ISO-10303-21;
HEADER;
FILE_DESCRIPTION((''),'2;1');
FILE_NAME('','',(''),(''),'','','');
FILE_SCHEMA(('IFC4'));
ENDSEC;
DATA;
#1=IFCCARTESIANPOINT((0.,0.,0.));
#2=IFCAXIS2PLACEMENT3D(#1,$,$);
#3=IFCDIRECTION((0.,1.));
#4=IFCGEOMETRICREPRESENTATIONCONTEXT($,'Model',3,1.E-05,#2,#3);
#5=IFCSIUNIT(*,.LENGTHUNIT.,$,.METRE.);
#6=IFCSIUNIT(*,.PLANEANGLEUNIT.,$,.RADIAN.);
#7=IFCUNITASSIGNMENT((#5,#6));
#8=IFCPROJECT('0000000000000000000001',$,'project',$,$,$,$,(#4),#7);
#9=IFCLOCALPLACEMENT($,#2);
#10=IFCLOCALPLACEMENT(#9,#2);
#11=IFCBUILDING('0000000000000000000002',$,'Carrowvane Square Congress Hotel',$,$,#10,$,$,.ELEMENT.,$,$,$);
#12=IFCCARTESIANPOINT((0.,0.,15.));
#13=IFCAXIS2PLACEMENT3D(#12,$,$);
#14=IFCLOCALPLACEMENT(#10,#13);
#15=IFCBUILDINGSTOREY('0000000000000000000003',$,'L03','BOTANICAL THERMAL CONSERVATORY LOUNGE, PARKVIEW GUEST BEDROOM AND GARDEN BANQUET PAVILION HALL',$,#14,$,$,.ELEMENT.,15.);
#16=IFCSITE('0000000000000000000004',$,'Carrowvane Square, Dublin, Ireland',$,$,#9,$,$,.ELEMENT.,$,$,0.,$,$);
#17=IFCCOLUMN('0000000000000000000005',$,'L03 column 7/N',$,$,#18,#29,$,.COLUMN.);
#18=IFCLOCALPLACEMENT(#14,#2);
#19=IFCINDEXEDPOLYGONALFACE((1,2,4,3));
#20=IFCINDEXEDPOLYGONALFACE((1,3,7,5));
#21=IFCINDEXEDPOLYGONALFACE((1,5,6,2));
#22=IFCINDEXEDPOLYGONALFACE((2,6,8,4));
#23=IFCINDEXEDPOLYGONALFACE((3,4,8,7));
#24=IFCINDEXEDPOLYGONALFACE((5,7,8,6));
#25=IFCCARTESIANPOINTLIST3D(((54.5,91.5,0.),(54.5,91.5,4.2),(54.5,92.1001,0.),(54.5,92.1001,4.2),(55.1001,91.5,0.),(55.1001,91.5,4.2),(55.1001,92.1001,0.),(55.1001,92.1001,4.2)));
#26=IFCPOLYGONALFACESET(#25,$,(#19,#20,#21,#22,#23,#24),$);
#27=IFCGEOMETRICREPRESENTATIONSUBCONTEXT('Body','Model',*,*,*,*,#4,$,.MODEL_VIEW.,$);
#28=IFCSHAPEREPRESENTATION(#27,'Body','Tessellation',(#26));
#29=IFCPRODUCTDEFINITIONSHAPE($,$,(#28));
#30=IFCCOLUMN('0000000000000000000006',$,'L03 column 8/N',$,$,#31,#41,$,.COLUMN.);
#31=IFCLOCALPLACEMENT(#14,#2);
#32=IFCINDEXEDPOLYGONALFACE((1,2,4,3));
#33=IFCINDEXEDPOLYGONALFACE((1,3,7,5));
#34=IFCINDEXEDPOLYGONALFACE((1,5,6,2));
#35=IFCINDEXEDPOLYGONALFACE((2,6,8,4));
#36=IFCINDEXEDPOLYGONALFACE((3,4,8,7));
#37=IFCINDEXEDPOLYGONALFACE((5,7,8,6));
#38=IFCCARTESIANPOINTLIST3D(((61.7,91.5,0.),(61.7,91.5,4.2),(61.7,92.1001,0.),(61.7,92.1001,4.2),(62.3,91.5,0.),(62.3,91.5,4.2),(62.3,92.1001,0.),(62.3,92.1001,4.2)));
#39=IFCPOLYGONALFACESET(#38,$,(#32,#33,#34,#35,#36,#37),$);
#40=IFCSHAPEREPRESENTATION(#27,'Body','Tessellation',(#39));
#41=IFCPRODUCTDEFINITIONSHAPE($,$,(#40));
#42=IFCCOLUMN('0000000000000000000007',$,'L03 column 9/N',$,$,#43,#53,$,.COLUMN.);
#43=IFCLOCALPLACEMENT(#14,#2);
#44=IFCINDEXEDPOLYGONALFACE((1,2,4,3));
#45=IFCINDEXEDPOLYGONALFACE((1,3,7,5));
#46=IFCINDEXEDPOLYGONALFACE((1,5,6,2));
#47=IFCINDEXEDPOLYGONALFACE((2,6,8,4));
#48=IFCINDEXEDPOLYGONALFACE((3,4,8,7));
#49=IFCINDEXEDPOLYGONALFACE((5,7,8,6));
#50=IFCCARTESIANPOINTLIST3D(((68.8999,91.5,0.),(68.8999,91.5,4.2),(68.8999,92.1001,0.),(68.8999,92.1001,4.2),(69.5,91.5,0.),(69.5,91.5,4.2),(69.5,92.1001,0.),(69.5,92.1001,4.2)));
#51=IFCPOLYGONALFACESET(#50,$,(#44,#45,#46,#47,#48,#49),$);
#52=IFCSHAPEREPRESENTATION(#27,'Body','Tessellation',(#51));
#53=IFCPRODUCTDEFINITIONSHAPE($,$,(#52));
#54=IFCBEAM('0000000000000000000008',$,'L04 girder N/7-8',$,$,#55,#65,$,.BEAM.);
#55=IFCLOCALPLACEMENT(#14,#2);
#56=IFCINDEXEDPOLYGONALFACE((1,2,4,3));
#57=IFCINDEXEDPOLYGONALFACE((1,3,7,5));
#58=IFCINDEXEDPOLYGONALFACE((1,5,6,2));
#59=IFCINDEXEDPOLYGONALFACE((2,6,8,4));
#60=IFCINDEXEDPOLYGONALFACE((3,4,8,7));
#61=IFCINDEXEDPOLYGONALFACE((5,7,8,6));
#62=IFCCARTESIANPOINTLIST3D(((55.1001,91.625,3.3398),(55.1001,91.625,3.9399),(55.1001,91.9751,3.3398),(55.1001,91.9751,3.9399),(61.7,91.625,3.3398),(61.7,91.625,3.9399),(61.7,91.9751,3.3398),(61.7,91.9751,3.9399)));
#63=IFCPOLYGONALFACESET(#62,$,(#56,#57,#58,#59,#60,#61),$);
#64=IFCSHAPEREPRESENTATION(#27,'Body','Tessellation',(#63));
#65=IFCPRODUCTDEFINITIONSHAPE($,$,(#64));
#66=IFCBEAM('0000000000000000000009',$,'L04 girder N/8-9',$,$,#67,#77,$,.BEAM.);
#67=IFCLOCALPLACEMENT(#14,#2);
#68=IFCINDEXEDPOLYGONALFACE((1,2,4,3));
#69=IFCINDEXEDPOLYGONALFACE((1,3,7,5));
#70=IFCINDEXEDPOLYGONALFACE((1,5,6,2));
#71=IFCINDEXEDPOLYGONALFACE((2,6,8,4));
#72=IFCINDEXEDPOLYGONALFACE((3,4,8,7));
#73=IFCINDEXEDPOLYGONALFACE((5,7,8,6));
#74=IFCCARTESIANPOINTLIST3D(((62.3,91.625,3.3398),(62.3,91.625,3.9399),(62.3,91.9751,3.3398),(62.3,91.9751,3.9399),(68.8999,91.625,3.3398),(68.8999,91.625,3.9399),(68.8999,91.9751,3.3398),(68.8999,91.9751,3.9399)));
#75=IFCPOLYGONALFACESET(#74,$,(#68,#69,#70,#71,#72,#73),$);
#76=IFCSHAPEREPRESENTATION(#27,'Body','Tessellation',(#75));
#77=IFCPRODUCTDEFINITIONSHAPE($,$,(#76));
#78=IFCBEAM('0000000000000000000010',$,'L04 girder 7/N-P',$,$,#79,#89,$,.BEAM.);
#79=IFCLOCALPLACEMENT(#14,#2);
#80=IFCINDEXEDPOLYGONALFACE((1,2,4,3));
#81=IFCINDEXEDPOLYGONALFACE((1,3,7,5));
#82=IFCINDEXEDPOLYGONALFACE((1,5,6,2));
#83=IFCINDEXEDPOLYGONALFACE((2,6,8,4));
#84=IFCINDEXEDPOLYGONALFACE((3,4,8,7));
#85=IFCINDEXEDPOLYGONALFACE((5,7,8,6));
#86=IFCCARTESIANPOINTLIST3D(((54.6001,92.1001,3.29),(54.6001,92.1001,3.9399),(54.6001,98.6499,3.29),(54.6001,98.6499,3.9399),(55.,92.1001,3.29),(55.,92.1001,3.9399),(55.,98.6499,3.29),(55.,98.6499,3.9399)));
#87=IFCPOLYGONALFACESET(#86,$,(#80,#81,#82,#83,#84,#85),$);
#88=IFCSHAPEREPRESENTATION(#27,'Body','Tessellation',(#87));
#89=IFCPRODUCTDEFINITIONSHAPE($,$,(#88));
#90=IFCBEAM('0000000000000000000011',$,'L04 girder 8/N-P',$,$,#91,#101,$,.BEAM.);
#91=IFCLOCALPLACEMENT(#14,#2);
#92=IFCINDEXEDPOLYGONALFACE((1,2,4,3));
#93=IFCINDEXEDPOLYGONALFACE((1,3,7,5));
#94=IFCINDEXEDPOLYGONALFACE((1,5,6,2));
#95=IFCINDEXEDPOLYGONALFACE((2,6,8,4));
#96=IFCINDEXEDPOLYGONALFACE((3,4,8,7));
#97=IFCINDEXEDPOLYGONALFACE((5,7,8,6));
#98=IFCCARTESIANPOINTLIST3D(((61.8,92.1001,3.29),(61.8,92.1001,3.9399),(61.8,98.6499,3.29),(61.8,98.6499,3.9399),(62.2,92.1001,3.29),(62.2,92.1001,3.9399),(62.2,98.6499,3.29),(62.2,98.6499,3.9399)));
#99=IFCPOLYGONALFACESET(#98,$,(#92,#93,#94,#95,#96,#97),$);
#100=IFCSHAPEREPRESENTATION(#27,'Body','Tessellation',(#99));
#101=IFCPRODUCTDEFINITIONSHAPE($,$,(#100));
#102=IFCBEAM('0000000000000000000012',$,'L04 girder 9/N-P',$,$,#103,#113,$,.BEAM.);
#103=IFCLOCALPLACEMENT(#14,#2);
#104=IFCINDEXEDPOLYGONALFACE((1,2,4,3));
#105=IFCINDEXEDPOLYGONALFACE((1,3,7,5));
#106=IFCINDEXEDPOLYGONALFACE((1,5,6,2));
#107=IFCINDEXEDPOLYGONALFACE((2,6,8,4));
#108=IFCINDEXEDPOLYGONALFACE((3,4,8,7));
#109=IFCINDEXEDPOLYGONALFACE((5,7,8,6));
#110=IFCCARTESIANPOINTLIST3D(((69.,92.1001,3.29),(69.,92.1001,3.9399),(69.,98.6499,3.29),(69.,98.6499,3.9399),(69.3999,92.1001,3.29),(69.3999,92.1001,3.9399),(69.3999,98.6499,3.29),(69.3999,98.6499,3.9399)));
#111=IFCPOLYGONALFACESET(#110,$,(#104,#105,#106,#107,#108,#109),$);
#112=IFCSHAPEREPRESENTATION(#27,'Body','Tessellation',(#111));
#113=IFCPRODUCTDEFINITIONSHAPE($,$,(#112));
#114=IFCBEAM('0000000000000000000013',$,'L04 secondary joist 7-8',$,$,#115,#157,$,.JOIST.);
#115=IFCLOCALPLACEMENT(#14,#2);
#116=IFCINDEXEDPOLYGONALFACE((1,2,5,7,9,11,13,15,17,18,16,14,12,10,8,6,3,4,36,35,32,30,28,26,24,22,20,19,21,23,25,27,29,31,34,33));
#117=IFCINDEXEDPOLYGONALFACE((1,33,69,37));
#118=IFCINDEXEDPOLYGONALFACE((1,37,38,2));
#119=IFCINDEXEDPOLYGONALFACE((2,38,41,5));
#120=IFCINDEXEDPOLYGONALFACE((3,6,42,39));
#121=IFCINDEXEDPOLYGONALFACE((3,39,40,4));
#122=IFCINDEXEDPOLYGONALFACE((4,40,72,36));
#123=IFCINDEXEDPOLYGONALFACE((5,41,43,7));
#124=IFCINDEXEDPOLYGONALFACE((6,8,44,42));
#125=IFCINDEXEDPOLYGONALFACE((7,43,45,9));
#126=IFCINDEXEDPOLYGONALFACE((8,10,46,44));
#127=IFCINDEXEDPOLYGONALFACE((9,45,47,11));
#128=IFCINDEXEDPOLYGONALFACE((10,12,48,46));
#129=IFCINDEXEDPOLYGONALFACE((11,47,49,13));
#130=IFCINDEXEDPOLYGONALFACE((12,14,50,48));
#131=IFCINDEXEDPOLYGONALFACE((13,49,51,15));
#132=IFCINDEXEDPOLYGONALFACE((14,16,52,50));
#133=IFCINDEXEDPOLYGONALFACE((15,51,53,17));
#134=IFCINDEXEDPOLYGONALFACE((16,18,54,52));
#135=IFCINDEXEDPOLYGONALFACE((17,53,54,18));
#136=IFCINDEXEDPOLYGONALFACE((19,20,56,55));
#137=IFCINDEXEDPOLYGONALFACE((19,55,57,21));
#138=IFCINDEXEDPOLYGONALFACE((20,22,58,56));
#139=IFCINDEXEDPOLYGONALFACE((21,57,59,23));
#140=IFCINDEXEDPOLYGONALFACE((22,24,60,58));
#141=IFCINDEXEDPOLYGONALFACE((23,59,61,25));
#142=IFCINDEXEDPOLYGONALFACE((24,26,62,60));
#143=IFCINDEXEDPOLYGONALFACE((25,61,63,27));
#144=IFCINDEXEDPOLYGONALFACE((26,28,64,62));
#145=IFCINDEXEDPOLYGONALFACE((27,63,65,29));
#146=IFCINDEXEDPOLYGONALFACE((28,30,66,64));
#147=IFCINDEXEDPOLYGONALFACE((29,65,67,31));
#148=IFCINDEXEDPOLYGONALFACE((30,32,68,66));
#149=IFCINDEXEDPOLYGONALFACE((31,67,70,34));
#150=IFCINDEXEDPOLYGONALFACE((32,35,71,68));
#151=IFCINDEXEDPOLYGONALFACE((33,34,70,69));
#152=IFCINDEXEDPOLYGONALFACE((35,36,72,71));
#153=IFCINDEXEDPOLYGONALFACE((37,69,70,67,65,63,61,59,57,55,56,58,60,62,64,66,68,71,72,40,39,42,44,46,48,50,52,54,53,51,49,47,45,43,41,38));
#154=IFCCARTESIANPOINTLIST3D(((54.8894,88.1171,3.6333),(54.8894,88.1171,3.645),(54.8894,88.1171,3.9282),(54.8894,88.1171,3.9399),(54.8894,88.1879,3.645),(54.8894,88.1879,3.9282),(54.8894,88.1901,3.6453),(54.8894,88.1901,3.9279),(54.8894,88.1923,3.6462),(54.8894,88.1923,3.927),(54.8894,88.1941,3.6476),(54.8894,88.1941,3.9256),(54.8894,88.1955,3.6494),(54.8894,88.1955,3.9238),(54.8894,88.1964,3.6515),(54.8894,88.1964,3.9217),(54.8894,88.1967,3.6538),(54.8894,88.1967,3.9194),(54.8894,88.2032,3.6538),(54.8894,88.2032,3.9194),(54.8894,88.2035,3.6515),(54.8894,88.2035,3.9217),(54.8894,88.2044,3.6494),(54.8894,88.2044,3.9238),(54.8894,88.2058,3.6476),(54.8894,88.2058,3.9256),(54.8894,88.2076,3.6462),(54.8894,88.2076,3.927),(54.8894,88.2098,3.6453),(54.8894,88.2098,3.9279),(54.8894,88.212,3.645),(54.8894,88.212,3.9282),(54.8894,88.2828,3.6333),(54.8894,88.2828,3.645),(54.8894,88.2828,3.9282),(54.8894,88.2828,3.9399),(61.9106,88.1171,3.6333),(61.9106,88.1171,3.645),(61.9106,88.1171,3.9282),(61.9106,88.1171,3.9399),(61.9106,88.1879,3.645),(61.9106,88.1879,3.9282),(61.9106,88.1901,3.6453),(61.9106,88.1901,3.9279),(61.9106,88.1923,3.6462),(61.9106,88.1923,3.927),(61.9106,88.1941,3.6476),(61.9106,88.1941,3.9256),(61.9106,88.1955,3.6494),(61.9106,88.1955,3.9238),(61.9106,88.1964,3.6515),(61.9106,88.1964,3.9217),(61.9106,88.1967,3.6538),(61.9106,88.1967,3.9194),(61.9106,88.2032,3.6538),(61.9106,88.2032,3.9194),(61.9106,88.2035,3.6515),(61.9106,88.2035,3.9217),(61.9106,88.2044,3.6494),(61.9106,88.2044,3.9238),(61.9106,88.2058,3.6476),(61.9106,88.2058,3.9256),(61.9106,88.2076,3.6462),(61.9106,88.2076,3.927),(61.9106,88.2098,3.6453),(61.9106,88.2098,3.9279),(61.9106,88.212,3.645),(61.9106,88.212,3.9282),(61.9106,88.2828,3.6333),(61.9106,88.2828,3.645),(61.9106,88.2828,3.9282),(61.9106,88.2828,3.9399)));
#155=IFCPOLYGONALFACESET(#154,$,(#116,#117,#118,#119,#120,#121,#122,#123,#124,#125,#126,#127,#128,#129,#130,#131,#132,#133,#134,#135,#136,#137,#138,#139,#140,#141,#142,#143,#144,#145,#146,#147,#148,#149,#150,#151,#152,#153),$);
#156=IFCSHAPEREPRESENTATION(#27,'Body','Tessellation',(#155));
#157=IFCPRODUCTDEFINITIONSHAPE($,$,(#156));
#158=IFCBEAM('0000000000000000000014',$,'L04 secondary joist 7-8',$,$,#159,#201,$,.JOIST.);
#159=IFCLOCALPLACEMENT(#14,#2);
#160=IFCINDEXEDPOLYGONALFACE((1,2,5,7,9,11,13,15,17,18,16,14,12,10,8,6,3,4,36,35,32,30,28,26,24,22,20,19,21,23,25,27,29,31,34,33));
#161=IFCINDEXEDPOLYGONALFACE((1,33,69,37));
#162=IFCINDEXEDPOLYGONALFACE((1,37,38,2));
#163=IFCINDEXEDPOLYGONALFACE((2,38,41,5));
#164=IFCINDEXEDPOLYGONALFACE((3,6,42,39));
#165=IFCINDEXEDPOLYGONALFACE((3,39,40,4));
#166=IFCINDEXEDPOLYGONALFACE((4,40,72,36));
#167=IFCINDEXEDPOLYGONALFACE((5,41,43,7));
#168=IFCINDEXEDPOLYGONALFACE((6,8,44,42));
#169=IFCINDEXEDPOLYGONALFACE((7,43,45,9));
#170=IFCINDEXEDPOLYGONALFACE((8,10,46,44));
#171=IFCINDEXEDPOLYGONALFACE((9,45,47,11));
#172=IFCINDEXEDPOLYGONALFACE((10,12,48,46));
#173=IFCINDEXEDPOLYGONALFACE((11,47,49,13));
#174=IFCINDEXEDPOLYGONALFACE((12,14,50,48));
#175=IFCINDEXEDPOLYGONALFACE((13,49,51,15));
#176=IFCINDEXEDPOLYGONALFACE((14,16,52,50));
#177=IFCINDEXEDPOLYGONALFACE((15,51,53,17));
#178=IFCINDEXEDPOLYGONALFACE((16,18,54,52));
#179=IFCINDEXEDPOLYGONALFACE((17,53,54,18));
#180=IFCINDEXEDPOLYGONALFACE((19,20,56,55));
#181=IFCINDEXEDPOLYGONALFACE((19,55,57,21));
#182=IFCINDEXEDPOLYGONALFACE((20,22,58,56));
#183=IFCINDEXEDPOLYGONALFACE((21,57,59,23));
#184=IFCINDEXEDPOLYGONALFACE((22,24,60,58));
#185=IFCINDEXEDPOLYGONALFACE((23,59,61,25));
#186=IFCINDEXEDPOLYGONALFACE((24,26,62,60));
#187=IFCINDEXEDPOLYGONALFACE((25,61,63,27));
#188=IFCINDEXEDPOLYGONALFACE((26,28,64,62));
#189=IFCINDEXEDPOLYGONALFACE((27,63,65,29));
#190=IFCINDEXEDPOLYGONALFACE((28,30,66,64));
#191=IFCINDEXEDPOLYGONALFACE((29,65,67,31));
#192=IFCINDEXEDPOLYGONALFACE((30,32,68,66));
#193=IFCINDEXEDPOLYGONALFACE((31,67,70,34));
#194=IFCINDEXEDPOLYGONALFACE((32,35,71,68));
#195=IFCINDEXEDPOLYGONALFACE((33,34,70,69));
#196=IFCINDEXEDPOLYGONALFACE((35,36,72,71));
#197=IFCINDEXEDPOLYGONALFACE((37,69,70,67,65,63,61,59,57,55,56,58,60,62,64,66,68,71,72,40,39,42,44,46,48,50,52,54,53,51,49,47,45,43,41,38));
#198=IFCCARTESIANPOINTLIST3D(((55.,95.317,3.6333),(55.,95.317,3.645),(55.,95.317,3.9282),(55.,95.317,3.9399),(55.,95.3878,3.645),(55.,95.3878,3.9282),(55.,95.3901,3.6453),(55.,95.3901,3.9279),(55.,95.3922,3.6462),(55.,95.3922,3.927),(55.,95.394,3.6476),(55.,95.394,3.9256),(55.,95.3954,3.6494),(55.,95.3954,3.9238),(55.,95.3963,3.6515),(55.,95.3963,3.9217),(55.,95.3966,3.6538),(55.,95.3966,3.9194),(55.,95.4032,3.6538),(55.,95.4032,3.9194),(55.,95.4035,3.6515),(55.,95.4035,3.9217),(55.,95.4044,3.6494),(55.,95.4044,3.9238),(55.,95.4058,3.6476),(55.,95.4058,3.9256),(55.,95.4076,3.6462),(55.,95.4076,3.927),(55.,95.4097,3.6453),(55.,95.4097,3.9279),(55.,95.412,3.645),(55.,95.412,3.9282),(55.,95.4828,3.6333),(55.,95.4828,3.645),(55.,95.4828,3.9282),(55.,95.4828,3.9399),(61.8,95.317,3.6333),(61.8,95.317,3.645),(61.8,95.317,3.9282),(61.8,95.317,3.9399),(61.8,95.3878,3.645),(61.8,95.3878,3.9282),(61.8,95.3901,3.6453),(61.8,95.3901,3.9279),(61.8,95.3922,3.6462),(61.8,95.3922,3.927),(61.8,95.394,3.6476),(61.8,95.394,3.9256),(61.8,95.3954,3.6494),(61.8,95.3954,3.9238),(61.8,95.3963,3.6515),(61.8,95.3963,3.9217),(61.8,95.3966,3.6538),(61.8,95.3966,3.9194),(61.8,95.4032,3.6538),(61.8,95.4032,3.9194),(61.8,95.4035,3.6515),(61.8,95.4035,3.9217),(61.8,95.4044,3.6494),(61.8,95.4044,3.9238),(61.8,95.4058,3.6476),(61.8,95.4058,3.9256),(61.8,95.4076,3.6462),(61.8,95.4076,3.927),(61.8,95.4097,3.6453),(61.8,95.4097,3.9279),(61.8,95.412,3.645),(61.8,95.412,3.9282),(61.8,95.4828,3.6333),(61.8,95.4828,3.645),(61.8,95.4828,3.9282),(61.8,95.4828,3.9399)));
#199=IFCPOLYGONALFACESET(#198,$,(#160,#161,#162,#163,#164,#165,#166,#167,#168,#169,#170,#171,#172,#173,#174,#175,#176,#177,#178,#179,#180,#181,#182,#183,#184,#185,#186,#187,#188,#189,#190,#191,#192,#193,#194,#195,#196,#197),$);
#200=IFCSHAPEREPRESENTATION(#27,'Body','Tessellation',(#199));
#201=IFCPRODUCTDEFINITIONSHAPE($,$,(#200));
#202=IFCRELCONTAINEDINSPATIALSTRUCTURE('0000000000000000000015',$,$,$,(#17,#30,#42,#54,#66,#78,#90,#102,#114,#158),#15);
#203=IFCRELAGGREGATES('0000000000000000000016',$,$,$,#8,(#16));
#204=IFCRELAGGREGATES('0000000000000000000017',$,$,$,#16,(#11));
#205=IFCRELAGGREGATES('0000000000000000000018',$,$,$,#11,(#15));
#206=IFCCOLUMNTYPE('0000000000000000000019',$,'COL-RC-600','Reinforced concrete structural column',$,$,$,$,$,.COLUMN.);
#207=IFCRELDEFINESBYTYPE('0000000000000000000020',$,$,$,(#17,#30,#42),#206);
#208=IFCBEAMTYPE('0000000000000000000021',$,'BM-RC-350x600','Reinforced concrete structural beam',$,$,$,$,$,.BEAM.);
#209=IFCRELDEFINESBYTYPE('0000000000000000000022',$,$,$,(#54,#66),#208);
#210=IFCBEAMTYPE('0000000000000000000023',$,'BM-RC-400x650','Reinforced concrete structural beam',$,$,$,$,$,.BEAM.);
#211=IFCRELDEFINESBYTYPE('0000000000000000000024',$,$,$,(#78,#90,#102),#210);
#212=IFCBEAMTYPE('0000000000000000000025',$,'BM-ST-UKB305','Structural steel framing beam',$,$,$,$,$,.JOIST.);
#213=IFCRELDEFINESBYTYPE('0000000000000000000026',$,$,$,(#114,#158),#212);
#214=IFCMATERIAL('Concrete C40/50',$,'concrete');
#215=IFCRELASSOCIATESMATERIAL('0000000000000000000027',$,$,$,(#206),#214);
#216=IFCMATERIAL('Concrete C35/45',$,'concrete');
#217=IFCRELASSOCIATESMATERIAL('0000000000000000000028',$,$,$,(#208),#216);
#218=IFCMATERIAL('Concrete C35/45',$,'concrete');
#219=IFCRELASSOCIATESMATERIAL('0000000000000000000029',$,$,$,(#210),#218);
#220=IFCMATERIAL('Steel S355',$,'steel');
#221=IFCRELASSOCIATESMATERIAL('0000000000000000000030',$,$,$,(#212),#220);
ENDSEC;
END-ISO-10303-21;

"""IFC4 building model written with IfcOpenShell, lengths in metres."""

from ifc_helpers import new_model, si_unit, direction, frame, origin, origin_2d, place, context, subcontext, project, spatial, rectangle, i_section, extrude, material, material_profile, profile_set, type_object, element, save


model = new_model("IFC4")

# Units and contexts
model_context = context("Model", 3, precision=1e-05, world=origin(), true_north=direction((0.0, 1.0)))
body_context = subcontext(model_context, "Body", "Model", "MODEL_VIEW")
ifc_project = project(units=[si_unit("LENGTHUNIT", "METRE"), si_unit("PLANEANGLEUNIT", "RADIAN")], contexts=[model_context])

# Site, building, storey
site_placement = place(None, origin())
site = spatial("IfcSite", under=ifc_project, at=site_placement, Name="Carrowvane Square, Dublin, Ireland", CompositionType="ELEMENT", RefElevation=0.0)
building_placement = place(site_placement, origin())
building = spatial("IfcBuilding", under=site, at=building_placement, Name="Carrowvane Square Congress Hotel", CompositionType="ELEMENT")
storey_placement = place(building_placement, frame((0.0, 0.0, 15.0)))
storey = spatial("IfcBuildingStorey", under=building, at=storey_placement, Name="L03", Description="BOTANICAL THERMAL CONSERVATORY LOUNGE, PARKVIEW GUEST BEDROOM AND GARDEN BANQUET PAVILION HALL", CompositionType="ELEMENT", Elevation=15.0)

# Columns
ifc_material_1 = material(Name="Concrete C40/50", Category="concrete")
ifc_material_profile_1 = material_profile(ifc_material_1, rectangle(XDim=0.6001, YDim=0.6001, at=origin_2d()), Name="RC 600x600")
ifc_profile_set_1 = profile_set([ifc_material_profile_1], Name="Concrete C40/50")
column_type = type_object("IfcColumnType", Name="COL-RC-600", Description="Reinforced concrete structural column", PredefinedType="COLUMN", material=ifc_profile_set_1)
for number, where, z_axis, x_axis, name in (
    (1, (54.8, 91.8, 0.0), (0.0, 0.0, 1.0), (1.0, 0.0, 0.0), "L03 column 7/N"),
    (2, (62.0, 91.8, 0.0), (0.0, 0.0, 1.0), (1.0, 0.0, 0.0), "L03 column 8/N"),
    (3, (69.2, 91.8, 0.0), (0.0, 0.0, 1.0), (1.0, 0.0, 0.0), "L03 column 9/N"),
):
    element("IfcColumn", number, at=place(storey_placement, frame(where, z_axis=z_axis, x_axis=x_axis)), inside=storey, type_object=column_type, Name=name, PredefinedType="COLUMN", context=body_context, shape_type="SweptSolid", body=[
        extrude(rectangle(XDim=0.6001, YDim=0.6001, at=origin_2d()), origin(), (0.0, 0.0, 1.0), 4.2),
    ])

# Beams
ifc_material_2 = material(Name="Concrete C35/45", Category="concrete")
ifc_material_profile_2 = material_profile(ifc_material_2, rectangle(XDim=0.3501, YDim=0.6001, at=origin_2d()), Name="RC 350x600")
ifc_profile_set_2 = profile_set([ifc_material_profile_2], Name="Concrete C35/45")
beam_type_1 = type_object("IfcBeamType", Name="BM-RC-350x600", Description="Reinforced concrete structural beam", PredefinedType="BEAM", material=ifc_profile_set_2)
for number, where, z_axis, x_axis, name in (
    (4, (55.1001, 91.8, 3.6399), (1.0, 0.0, 0.0), (0.0, 1.0, 0.0), "L04 girder N/7-8"),
    (5, (62.3, 91.8, 3.6399), (1.0, 0.0, 0.0), (0.0, 1.0, 0.0), "L04 girder N/8-9"),
):
    element("IfcBeam", number, at=place(storey_placement, frame(where, z_axis=z_axis, x_axis=x_axis)), inside=storey, type_object=beam_type_1, Name=name, PredefinedType="BEAM", context=body_context, shape_type="SweptSolid", body=[
        extrude(rectangle(XDim=0.3501, YDim=0.6001, at=origin_2d()), origin(), (0.0, 0.0, 1.0), 6.5999),
    ])
ifc_material_3 = material(Name="Concrete C35/45", Category="concrete")
ifc_material_profile_3 = material_profile(ifc_material_3, rectangle(XDim=0.3999, YDim=0.6499, at=origin_2d()), Name="RC 400x650")
ifc_profile_set_3 = profile_set([ifc_material_profile_3], Name="Concrete C35/45")
beam_type_2 = type_object("IfcBeamType", Name="BM-RC-400x650", Description="Reinforced concrete structural beam", PredefinedType="BEAM", material=ifc_profile_set_3)
for number, where, z_axis, x_axis, name in (
    (6, (54.8, 92.1001, 3.615), (0.0, 1.0, 0.0), (-1.0, 0.0, 0.0), "L04 girder 7/N-P"),
    (7, (62.0, 92.1001, 3.615), (0.0, 1.0, 0.0), (-1.0, 0.0, 0.0), "L04 girder 8/N-P"),
    (8, (69.2, 92.1001, 3.615), (0.0, 1.0, 0.0), (-1.0, 0.0, 0.0), "L04 girder 9/N-P"),
):
    element("IfcBeam", number, at=place(storey_placement, frame(where, z_axis=z_axis, x_axis=x_axis)), inside=storey, type_object=beam_type_2, Name=name, PredefinedType="BEAM", context=body_context, shape_type="SweptSolid", body=[
        extrude(rectangle(XDim=0.3999, YDim=0.6499, at=origin_2d()), origin(), (0.0, 0.0, 1.0), 6.5498),
    ])
ifc_material_4 = material(Name="Steel S355", Category="steel")
ifc_material_profile_4 = material_profile(ifc_material_4, i_section(OverallWidth=0.1658, OverallDepth=0.3066, WebThickness=0.0066, FlangeThickness=0.0117, FilletRadius=0.0088, at=origin_2d()), Name="UKB 305x165x46")
ifc_profile_set_4 = profile_set([ifc_material_profile_4], Name="Steel S355")
beam_type_3 = type_object("IfcBeamType", Name="BM-ST-UKB305", Description="Structural steel framing beam", PredefinedType="JOIST", material=ifc_profile_set_4)
beam_1_placement = place(storey_placement, frame((54.8894, 88.2, 3.7866), z_axis=(1.0, 0.0, 0.0), x_axis=(0.0, 1.0, 0.0)))
element("IfcBeam", 9, at=beam_1_placement, inside=storey, type_object=beam_type_3, Name="L04 secondary joist 7-8", PredefinedType="JOIST", context=body_context, shape_type="SweptSolid", body=[
    extrude(i_section(OverallWidth=0.1658, OverallDepth=0.3066, WebThickness=0.0066, FlangeThickness=0.0117, FilletRadius=0.0088, at=origin_2d()), origin(), (0.0, 0.0, 1.0), 7.0212),
])
beam_2_placement = place(storey_placement, frame((55.0, 95.3999, 3.7866), z_axis=(1.0, 0.0, 0.0), x_axis=(0.0, 1.0, 0.0)))
element("IfcBeam", 10, at=beam_2_placement, inside=storey, type_object=beam_type_3, Name="L04 secondary joist 7-8", PredefinedType="JOIST", context=body_context, shape_type="SweptSolid", body=[
    extrude(i_section(OverallWidth=0.1658, OverallDepth=0.3066, WebThickness=0.0066, FlangeThickness=0.0117, FilletRadius=0.0088, at=origin_2d()), origin(), (0.0, 0.0, 1.0), 6.8),
])

save(model, "model.ifc")
